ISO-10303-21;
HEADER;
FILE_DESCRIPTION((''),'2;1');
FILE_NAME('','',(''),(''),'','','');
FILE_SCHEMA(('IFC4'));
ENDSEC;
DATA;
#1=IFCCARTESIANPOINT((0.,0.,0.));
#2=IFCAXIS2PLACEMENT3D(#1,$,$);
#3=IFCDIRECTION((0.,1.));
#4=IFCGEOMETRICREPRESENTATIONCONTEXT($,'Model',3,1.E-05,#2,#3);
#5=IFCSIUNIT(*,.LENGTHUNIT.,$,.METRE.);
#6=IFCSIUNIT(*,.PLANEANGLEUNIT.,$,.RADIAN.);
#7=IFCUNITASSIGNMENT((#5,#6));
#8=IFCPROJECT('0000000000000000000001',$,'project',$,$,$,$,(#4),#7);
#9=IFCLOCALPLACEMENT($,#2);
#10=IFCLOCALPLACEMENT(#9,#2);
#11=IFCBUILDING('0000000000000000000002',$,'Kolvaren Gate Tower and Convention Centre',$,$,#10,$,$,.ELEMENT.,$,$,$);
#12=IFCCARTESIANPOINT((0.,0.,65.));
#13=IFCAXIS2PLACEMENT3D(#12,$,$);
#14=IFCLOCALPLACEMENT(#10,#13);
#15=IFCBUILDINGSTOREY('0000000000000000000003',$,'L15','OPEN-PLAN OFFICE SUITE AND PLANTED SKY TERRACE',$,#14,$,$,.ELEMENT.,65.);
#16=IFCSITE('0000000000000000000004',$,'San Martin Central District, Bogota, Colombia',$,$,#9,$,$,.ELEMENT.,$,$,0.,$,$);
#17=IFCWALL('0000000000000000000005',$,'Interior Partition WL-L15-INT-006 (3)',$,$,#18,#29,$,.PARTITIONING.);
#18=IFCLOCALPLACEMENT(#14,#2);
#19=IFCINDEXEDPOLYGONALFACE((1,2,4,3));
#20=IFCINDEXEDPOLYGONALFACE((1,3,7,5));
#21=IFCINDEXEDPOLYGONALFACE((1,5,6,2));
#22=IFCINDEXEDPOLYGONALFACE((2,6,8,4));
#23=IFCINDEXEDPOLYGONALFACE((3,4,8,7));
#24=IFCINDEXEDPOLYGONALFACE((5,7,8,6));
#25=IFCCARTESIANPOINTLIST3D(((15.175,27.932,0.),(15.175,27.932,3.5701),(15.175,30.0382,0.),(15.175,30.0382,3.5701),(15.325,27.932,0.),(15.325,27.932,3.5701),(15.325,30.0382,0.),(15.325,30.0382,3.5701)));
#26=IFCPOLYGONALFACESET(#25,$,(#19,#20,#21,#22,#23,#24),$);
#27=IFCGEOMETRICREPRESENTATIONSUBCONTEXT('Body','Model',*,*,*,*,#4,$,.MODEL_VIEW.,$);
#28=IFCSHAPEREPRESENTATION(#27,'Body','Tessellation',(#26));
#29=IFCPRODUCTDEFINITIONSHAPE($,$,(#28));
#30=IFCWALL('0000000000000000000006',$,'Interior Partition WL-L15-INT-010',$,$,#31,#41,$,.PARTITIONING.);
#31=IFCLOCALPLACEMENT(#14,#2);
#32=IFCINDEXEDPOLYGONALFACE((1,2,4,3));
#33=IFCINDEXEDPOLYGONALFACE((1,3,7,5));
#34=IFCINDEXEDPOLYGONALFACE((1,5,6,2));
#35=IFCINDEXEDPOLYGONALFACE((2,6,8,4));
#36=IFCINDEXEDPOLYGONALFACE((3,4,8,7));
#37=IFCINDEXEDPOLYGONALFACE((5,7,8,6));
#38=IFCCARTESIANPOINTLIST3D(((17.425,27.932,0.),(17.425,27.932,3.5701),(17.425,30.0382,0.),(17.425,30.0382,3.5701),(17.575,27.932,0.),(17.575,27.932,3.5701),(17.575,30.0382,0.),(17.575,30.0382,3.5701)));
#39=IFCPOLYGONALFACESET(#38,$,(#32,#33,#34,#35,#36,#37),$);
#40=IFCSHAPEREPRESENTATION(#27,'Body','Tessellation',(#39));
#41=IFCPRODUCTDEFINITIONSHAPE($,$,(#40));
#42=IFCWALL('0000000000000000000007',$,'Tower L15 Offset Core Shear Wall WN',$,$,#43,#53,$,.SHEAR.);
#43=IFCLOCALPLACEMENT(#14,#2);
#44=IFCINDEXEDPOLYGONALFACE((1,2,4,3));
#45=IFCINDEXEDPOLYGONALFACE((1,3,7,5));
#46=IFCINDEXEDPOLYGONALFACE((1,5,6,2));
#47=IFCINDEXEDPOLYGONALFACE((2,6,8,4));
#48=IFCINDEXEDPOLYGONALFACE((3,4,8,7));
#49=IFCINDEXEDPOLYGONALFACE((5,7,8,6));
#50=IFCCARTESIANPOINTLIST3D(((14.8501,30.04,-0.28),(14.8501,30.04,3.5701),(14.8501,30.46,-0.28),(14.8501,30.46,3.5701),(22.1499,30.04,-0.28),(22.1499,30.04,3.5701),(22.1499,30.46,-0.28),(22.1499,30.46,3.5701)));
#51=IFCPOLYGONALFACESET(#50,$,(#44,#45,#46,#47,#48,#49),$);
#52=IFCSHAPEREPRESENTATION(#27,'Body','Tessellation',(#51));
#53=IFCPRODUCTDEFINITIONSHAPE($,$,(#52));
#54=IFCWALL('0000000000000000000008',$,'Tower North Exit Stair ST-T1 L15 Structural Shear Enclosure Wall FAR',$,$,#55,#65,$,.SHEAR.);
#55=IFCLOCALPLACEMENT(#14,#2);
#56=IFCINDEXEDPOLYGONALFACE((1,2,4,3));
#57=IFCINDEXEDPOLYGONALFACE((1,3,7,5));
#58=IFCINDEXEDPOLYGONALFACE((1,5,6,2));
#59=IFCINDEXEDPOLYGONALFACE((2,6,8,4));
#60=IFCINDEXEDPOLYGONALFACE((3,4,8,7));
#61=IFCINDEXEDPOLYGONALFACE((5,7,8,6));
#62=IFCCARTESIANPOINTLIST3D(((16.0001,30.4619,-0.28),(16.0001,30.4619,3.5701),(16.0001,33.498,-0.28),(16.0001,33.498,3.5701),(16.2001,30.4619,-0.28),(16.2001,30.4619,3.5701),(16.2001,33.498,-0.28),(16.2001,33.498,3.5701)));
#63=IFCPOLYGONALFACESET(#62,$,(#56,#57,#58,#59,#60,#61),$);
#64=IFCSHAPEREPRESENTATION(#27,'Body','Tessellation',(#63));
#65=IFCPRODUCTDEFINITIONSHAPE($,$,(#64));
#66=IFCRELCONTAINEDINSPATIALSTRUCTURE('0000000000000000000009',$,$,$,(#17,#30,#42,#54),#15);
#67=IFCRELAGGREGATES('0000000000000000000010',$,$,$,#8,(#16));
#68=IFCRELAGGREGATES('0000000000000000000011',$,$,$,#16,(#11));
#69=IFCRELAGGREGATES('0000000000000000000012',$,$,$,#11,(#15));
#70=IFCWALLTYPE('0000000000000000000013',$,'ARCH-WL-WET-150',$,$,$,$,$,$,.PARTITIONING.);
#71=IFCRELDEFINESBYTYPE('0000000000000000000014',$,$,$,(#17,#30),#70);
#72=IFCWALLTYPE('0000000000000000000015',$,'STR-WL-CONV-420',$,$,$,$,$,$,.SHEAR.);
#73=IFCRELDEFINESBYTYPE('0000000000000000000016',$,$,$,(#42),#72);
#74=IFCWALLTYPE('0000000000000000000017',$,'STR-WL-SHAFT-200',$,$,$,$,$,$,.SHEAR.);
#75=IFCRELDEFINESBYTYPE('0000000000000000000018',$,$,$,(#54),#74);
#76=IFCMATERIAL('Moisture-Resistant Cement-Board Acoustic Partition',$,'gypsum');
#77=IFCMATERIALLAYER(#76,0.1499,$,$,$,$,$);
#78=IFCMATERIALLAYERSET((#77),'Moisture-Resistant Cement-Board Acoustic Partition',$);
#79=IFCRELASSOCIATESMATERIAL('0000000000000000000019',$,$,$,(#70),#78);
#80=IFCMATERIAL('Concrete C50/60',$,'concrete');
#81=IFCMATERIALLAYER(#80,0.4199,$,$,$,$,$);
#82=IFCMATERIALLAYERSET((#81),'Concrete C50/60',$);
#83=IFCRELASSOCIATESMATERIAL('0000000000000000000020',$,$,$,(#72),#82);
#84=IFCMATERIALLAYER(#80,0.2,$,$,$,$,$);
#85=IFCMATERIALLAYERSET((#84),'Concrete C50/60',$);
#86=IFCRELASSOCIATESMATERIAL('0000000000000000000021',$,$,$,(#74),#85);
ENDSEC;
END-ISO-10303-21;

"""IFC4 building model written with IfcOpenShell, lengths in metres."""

from ifc_helpers import new_model, si_unit, direction, frame, frame_2d, origin, place, context, subcontext, project, spatial, rectangle, extrude, material, layer, layer_set, type_object, element, save


model = new_model("IFC4")

# Units and contexts
model_context = context("Model", 3, precision=1e-05, world=origin(), true_north=direction((0.0, 1.0)))
body_context = subcontext(model_context, "Body", "Model", "MODEL_VIEW")
ifc_project = project(units=[si_unit("LENGTHUNIT", "METRE"), si_unit("PLANEANGLEUNIT", "RADIAN")], contexts=[model_context])

# Site, building, storey
site_placement = place(None, origin())
site = spatial("IfcSite", under=ifc_project, at=site_placement, Name="San Martin Central District, Bogota, Colombia", CompositionType="ELEMENT", RefElevation=0.0)
building_placement = place(site_placement, origin())
building = spatial("IfcBuilding", under=site, at=building_placement, Name="Kolvaren Gate Tower and Convention Centre", CompositionType="ELEMENT")
storey_placement = place(building_placement, frame((0.0, 0.0, 65.0)))
storey = spatial("IfcBuildingStorey", under=building, at=storey_placement, Name="L15", Description="OPEN-PLAN OFFICE SUITE AND PLANTED SKY TERRACE", CompositionType="ELEMENT", Elevation=65.0)

# Walls
ifc_material_1 = material(Name="Moisture-Resistant Cement-Board Acoustic Partition", Category="gypsum")
ifc_layer_1 = layer(ifc_material_1, 0.1499)
ifc_layer_set_1 = layer_set([ifc_layer_1], Name="Moisture-Resistant Cement-Board Acoustic Partition")
wall_type_1 = type_object("IfcWallType", Name="ARCH-WL-WET-150", PredefinedType="PARTITIONING", material=ifc_layer_set_1)
for number, where, z_axis, x_axis, name in (
    (1, (15.25, 27.9319, 0.0), (0.0, 0.0, 1.0), (0.0, 1.0, 0.0), "Interior Partition WL-L15-INT-006 (3)"),
    (2, (17.5, 27.9319, 0.0), (0.0, 0.0, 1.0), (0.0, 1.0, 0.0), "Interior Partition WL-L15-INT-010"),
):
    element("IfcWall", number, at=place(storey_placement, frame(where, z_axis=z_axis, x_axis=x_axis)), inside=storey, type_object=wall_type_1, Name=name, PredefinedType="PARTITIONING", context=body_context, shape_type="SweptSolid", body=[
        extrude(rectangle(XDim=2.1062, YDim=0.1499, at=frame_2d((1.0532, 0.0))), origin(), (0.0, 0.0, 1.0), 3.5701),
    ])
ifc_material_2 = material(Name="Concrete C50/60", Category="concrete")
ifc_layer_2 = layer(ifc_material_2, 0.4199)
ifc_layer_set_2 = layer_set([ifc_layer_2], Name="Concrete C50/60")
wall_type_2 = type_object("IfcWallType", Name="STR-WL-CONV-420", PredefinedType="SHEAR", material=ifc_layer_set_2)
wall_1_placement = place(storey_placement, frame((14.8501, 30.25, -0.28), z_axis=(0.0, 0.0, 1.0), x_axis=(1.0, 0.0, 0.0)))
element("IfcWall", 3, at=wall_1_placement, inside=storey, type_object=wall_type_2, Name="Tower L15 Offset Core Shear Wall WN", PredefinedType="SHEAR", context=body_context, shape_type="SweptSolid", body=[
    extrude(rectangle(XDim=7.2998, YDim=0.4199, at=frame_2d((3.6499, 0.0))), origin(), (0.0, 0.0, 1.0), 3.8501),
])
ifc_layer_3 = layer(ifc_material_2, 0.2)
ifc_layer_set_3 = layer_set([ifc_layer_3], Name="Concrete C50/60")
wall_type_3 = type_object("IfcWallType", Name="STR-WL-SHAFT-200", PredefinedType="SHEAR", material=ifc_layer_set_3)
wall_2_placement = place(storey_placement, frame((16.1001, 30.4619, -0.28), z_axis=(0.0, 0.0, 1.0), x_axis=(0.0, 1.0, 0.0)))
element("IfcWall", 4, at=wall_2_placement, inside=storey, type_object=wall_type_3, Name="Tower North Exit Stair ST-T1 L15 Structural Shear Enclosure Wall FAR", PredefinedType="SHEAR", context=body_context, shape_type="SweptSolid", body=[
    extrude(rectangle(XDim=3.0361, YDim=0.2, at=frame_2d((1.5181, 0.0))), origin(), (0.0, 0.0, 1.0), 3.8501),
])

save(model, "model.ifc")
